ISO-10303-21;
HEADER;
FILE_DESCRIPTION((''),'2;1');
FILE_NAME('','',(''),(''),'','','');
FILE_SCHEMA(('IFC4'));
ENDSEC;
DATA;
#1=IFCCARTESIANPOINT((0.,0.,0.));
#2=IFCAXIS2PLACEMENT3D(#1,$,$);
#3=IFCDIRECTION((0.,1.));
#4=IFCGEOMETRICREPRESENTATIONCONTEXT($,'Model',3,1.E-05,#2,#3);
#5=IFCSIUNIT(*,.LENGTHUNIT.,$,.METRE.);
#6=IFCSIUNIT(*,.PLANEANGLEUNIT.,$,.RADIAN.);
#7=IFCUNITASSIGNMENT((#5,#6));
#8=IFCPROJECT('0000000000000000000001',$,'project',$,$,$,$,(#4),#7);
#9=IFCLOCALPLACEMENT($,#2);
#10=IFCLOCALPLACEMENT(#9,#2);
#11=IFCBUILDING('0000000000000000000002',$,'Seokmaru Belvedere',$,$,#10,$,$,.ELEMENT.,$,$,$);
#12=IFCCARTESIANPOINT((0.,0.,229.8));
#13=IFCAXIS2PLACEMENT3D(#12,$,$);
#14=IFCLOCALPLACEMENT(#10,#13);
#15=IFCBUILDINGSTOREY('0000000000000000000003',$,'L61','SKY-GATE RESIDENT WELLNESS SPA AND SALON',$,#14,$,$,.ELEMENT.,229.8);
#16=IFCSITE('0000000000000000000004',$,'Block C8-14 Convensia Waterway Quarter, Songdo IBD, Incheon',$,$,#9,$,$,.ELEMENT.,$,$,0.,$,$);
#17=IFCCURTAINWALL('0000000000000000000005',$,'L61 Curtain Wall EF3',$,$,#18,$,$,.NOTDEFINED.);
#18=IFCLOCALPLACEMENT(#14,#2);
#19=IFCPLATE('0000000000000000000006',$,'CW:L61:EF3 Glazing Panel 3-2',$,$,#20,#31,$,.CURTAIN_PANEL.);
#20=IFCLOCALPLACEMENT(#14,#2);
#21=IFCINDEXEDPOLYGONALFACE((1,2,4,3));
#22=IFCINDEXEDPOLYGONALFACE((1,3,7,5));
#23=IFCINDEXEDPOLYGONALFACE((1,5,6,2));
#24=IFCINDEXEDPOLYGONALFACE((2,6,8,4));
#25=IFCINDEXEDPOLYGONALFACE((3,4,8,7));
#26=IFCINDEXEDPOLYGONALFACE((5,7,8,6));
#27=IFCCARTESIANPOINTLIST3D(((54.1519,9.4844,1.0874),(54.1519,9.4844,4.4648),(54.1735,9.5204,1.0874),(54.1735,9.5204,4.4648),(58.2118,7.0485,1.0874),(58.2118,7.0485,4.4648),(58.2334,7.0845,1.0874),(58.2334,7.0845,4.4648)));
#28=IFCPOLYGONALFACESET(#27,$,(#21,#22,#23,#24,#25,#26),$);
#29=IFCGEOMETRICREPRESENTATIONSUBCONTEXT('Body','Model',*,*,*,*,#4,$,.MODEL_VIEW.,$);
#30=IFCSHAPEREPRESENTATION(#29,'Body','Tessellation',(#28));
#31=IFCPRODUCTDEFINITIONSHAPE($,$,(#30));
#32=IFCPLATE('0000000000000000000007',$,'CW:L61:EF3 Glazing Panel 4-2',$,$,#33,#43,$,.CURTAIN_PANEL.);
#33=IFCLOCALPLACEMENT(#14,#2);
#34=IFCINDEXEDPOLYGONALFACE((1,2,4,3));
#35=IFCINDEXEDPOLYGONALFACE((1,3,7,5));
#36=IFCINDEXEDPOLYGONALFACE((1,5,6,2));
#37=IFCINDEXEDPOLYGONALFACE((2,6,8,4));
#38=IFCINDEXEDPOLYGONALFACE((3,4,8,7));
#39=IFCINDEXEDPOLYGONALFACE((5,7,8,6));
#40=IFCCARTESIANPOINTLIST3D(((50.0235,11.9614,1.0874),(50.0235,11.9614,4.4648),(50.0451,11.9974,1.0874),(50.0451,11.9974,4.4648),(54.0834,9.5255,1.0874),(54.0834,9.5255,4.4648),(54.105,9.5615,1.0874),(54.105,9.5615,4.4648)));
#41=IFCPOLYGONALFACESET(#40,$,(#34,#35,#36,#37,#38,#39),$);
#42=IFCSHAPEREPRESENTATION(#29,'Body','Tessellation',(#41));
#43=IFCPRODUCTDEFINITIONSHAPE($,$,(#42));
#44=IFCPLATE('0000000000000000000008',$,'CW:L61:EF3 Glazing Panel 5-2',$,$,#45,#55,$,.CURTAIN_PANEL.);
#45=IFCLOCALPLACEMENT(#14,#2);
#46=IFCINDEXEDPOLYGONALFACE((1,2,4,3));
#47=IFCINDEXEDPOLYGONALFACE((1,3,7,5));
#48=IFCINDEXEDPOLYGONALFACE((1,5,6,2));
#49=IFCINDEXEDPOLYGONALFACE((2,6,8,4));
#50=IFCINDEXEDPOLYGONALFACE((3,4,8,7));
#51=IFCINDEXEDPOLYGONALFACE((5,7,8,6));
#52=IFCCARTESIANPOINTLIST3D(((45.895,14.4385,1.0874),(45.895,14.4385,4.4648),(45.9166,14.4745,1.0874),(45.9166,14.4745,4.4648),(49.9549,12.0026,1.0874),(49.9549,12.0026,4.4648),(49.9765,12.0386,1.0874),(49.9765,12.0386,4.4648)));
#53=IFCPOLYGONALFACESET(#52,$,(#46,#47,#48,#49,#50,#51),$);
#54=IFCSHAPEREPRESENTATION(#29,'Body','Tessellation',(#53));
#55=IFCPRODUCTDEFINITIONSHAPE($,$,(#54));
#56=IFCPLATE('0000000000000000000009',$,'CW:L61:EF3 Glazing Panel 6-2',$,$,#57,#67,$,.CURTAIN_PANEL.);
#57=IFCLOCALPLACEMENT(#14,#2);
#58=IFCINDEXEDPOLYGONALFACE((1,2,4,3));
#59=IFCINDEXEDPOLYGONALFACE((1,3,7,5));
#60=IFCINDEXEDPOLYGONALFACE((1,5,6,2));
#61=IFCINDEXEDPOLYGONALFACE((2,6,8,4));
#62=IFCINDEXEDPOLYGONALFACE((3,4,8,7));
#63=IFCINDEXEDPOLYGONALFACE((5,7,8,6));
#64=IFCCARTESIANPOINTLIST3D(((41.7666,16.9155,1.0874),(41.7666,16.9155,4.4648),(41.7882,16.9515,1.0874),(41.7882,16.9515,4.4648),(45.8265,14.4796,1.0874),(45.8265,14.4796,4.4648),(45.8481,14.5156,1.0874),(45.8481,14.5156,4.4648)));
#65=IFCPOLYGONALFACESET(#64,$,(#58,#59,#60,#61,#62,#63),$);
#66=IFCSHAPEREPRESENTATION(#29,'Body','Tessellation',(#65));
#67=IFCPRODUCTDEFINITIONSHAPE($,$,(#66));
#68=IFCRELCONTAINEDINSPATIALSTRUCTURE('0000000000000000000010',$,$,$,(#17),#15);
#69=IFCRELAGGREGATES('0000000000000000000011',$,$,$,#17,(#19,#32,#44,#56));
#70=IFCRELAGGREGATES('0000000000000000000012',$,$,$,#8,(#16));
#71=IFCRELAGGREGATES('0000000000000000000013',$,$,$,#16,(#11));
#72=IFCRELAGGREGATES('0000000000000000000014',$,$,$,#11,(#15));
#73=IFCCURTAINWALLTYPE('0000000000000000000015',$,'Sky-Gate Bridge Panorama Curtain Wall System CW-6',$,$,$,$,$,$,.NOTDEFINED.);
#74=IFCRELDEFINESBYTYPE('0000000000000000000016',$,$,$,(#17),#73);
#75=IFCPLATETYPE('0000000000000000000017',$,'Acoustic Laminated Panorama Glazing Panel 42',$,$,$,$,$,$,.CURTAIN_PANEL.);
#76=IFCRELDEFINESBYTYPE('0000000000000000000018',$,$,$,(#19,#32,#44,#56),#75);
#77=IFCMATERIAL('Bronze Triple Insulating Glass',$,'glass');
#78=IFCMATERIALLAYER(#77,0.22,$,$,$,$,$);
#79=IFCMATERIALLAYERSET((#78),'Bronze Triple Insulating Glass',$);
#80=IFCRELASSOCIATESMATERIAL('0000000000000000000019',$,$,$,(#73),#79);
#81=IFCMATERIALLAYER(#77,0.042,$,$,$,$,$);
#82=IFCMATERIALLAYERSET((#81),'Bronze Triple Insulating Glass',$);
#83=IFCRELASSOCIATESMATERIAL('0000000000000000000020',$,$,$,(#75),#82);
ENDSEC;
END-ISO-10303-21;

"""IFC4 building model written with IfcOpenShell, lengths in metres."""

from ifc_helpers import new_model, si_unit, direction, frame, origin, origin_2d, place, context, subcontext, project, spatial, rectangle, extrude, source, transform, mapped, material, layer, layer_set, type_object, type_shapes, element, aggregate, save


model = new_model("IFC4")

# Units and contexts
model_context = context("Model", 3, precision=1e-05, world=origin(), true_north=direction((0.0, 1.0)))
body_context = subcontext(model_context, "Body", "Model", "MODEL_VIEW")
ifc_project = project(units=[si_unit("LENGTHUNIT", "METRE"), si_unit("PLANEANGLEUNIT", "RADIAN")], contexts=[model_context])

# Site, building, storey
site_placement = place(None, origin())
site = spatial("IfcSite", under=ifc_project, at=site_placement, Name="Block C8-14 Convensia Waterway Quarter, Songdo IBD, Incheon", CompositionType="ELEMENT", RefElevation=0.0)
building_placement = place(site_placement, origin())
building = spatial("IfcBuilding", under=site, at=building_placement, Name="Seokmaru Belvedere", CompositionType="ELEMENT")
storey_placement = place(building_placement, frame((0.0, 0.0, 229.8)))
storey = spatial("IfcBuildingStorey", under=building, at=storey_placement, Name="L61", Description="SKY-GATE RESIDENT WELLNESS SPA AND SALON", CompositionType="ELEMENT", Elevation=229.8)

# Curtain wall, plates
ifc_material_1 = material(Name="Bronze Triple Insulating Glass", Category="glass")
ifc_layer_1 = layer(ifc_material_1, 0.22)
ifc_layer_set_1 = layer_set([ifc_layer_1], Name="Bronze Triple Insulating Glass")
curtain_wall_type = type_object("IfcCurtainWallType", Name="Sky-Gate Bridge Panorama Curtain Wall System CW-6", PredefinedType="NOTDEFINED", material=ifc_layer_set_1)
curtain_wall_placement = place(storey_placement, origin())
curtain_wall = element("IfcCurtainWall", 1, at=curtain_wall_placement, inside=storey, type_object=curtain_wall_type, Name="L61 Curtain Wall EF3", PredefinedType="NOTDEFINED")
ifc_layer_2 = layer(ifc_material_1, 0.042)
ifc_layer_set_2 = layer_set([ifc_layer_2], Name="Bronze Triple Insulating Glass")
plate_type_1 = type_object("IfcPlateType", Name="Acoustic Laminated Panorama Glazing Panel 42", PredefinedType="CURTAIN_PANEL", material=ifc_layer_set_2)
shared_shape_1 = source(origin(), body_context, "Body", "SweptSolid", [
    extrude(rectangle(XDim=4.7346, YDim=0.042, at=origin_2d()), origin(), (0.0, 0.0, 1.0), 3.3774),
])
type_shapes(plate_type_1, [shared_shape_1])
plate_1_placement = place(storey_placement, frame((56.1926, 8.2844, 1.0874), z_axis=(0.0, 0.0, 1.0), x_axis=(-0.857493, 0.514495, 0.0)))
plate_1 = element("IfcPlate", 2, at=plate_1_placement, type_object=plate_type_1, Name="CW:L61:EF3 Glazing Panel 3-2", PredefinedType="CURTAIN_PANEL", context=body_context, shape_type="MappedRepresentation", body=[
    mapped(shared_shape_1, transform((0.0, 0.0, 0.0), scale=1.0)),
])
plate_2_placement = place(storey_placement, frame((52.0642, 10.7615, 1.0874), z_axis=(0.0, 0.0, 1.0), x_axis=(-0.857493, 0.514495, 0.0)))
plate_2 = element("IfcPlate", 3, at=plate_2_placement, type_object=plate_type_1, Name="CW:L61:EF3 Glazing Panel 4-2", PredefinedType="CURTAIN_PANEL", context=body_context, shape_type="MappedRepresentation", body=[
    mapped(shared_shape_1, transform((0.0, 0.0, 0.0), scale=1.0)),
])
plate_3_placement = place(storey_placement, frame((47.9358, 13.2385, 1.0874), z_axis=(0.0, 0.0, 1.0), x_axis=(-0.857493, 0.514495, 0.0)))
plate_3 = element("IfcPlate", 4, at=plate_3_placement, type_object=plate_type_1, Name="CW:L61:EF3 Glazing Panel 5-2", PredefinedType="CURTAIN_PANEL", context=body_context, shape_type="MappedRepresentation", body=[
    mapped(shared_shape_1, transform((0.0, 0.0, 0.0), scale=1.0)),
])
plate_4_placement = place(storey_placement, frame((43.8074, 15.7156, 1.0874), z_axis=(0.0, 0.0, 1.0), x_axis=(-0.857493, 0.514495, 0.0)))
plate_4 = element("IfcPlate", 5, at=plate_4_placement, type_object=plate_type_1, Name="CW:L61:EF3 Glazing Panel 6-2", PredefinedType="CURTAIN_PANEL", context=body_context, shape_type="MappedRepresentation", body=[
    mapped(shared_shape_1, transform((0.0, 0.0, 0.0), scale=1.0)),
])
aggregate(curtain_wall, [plate_1, plate_2, plate_3, plate_4])

save(model, "model.ifc")
